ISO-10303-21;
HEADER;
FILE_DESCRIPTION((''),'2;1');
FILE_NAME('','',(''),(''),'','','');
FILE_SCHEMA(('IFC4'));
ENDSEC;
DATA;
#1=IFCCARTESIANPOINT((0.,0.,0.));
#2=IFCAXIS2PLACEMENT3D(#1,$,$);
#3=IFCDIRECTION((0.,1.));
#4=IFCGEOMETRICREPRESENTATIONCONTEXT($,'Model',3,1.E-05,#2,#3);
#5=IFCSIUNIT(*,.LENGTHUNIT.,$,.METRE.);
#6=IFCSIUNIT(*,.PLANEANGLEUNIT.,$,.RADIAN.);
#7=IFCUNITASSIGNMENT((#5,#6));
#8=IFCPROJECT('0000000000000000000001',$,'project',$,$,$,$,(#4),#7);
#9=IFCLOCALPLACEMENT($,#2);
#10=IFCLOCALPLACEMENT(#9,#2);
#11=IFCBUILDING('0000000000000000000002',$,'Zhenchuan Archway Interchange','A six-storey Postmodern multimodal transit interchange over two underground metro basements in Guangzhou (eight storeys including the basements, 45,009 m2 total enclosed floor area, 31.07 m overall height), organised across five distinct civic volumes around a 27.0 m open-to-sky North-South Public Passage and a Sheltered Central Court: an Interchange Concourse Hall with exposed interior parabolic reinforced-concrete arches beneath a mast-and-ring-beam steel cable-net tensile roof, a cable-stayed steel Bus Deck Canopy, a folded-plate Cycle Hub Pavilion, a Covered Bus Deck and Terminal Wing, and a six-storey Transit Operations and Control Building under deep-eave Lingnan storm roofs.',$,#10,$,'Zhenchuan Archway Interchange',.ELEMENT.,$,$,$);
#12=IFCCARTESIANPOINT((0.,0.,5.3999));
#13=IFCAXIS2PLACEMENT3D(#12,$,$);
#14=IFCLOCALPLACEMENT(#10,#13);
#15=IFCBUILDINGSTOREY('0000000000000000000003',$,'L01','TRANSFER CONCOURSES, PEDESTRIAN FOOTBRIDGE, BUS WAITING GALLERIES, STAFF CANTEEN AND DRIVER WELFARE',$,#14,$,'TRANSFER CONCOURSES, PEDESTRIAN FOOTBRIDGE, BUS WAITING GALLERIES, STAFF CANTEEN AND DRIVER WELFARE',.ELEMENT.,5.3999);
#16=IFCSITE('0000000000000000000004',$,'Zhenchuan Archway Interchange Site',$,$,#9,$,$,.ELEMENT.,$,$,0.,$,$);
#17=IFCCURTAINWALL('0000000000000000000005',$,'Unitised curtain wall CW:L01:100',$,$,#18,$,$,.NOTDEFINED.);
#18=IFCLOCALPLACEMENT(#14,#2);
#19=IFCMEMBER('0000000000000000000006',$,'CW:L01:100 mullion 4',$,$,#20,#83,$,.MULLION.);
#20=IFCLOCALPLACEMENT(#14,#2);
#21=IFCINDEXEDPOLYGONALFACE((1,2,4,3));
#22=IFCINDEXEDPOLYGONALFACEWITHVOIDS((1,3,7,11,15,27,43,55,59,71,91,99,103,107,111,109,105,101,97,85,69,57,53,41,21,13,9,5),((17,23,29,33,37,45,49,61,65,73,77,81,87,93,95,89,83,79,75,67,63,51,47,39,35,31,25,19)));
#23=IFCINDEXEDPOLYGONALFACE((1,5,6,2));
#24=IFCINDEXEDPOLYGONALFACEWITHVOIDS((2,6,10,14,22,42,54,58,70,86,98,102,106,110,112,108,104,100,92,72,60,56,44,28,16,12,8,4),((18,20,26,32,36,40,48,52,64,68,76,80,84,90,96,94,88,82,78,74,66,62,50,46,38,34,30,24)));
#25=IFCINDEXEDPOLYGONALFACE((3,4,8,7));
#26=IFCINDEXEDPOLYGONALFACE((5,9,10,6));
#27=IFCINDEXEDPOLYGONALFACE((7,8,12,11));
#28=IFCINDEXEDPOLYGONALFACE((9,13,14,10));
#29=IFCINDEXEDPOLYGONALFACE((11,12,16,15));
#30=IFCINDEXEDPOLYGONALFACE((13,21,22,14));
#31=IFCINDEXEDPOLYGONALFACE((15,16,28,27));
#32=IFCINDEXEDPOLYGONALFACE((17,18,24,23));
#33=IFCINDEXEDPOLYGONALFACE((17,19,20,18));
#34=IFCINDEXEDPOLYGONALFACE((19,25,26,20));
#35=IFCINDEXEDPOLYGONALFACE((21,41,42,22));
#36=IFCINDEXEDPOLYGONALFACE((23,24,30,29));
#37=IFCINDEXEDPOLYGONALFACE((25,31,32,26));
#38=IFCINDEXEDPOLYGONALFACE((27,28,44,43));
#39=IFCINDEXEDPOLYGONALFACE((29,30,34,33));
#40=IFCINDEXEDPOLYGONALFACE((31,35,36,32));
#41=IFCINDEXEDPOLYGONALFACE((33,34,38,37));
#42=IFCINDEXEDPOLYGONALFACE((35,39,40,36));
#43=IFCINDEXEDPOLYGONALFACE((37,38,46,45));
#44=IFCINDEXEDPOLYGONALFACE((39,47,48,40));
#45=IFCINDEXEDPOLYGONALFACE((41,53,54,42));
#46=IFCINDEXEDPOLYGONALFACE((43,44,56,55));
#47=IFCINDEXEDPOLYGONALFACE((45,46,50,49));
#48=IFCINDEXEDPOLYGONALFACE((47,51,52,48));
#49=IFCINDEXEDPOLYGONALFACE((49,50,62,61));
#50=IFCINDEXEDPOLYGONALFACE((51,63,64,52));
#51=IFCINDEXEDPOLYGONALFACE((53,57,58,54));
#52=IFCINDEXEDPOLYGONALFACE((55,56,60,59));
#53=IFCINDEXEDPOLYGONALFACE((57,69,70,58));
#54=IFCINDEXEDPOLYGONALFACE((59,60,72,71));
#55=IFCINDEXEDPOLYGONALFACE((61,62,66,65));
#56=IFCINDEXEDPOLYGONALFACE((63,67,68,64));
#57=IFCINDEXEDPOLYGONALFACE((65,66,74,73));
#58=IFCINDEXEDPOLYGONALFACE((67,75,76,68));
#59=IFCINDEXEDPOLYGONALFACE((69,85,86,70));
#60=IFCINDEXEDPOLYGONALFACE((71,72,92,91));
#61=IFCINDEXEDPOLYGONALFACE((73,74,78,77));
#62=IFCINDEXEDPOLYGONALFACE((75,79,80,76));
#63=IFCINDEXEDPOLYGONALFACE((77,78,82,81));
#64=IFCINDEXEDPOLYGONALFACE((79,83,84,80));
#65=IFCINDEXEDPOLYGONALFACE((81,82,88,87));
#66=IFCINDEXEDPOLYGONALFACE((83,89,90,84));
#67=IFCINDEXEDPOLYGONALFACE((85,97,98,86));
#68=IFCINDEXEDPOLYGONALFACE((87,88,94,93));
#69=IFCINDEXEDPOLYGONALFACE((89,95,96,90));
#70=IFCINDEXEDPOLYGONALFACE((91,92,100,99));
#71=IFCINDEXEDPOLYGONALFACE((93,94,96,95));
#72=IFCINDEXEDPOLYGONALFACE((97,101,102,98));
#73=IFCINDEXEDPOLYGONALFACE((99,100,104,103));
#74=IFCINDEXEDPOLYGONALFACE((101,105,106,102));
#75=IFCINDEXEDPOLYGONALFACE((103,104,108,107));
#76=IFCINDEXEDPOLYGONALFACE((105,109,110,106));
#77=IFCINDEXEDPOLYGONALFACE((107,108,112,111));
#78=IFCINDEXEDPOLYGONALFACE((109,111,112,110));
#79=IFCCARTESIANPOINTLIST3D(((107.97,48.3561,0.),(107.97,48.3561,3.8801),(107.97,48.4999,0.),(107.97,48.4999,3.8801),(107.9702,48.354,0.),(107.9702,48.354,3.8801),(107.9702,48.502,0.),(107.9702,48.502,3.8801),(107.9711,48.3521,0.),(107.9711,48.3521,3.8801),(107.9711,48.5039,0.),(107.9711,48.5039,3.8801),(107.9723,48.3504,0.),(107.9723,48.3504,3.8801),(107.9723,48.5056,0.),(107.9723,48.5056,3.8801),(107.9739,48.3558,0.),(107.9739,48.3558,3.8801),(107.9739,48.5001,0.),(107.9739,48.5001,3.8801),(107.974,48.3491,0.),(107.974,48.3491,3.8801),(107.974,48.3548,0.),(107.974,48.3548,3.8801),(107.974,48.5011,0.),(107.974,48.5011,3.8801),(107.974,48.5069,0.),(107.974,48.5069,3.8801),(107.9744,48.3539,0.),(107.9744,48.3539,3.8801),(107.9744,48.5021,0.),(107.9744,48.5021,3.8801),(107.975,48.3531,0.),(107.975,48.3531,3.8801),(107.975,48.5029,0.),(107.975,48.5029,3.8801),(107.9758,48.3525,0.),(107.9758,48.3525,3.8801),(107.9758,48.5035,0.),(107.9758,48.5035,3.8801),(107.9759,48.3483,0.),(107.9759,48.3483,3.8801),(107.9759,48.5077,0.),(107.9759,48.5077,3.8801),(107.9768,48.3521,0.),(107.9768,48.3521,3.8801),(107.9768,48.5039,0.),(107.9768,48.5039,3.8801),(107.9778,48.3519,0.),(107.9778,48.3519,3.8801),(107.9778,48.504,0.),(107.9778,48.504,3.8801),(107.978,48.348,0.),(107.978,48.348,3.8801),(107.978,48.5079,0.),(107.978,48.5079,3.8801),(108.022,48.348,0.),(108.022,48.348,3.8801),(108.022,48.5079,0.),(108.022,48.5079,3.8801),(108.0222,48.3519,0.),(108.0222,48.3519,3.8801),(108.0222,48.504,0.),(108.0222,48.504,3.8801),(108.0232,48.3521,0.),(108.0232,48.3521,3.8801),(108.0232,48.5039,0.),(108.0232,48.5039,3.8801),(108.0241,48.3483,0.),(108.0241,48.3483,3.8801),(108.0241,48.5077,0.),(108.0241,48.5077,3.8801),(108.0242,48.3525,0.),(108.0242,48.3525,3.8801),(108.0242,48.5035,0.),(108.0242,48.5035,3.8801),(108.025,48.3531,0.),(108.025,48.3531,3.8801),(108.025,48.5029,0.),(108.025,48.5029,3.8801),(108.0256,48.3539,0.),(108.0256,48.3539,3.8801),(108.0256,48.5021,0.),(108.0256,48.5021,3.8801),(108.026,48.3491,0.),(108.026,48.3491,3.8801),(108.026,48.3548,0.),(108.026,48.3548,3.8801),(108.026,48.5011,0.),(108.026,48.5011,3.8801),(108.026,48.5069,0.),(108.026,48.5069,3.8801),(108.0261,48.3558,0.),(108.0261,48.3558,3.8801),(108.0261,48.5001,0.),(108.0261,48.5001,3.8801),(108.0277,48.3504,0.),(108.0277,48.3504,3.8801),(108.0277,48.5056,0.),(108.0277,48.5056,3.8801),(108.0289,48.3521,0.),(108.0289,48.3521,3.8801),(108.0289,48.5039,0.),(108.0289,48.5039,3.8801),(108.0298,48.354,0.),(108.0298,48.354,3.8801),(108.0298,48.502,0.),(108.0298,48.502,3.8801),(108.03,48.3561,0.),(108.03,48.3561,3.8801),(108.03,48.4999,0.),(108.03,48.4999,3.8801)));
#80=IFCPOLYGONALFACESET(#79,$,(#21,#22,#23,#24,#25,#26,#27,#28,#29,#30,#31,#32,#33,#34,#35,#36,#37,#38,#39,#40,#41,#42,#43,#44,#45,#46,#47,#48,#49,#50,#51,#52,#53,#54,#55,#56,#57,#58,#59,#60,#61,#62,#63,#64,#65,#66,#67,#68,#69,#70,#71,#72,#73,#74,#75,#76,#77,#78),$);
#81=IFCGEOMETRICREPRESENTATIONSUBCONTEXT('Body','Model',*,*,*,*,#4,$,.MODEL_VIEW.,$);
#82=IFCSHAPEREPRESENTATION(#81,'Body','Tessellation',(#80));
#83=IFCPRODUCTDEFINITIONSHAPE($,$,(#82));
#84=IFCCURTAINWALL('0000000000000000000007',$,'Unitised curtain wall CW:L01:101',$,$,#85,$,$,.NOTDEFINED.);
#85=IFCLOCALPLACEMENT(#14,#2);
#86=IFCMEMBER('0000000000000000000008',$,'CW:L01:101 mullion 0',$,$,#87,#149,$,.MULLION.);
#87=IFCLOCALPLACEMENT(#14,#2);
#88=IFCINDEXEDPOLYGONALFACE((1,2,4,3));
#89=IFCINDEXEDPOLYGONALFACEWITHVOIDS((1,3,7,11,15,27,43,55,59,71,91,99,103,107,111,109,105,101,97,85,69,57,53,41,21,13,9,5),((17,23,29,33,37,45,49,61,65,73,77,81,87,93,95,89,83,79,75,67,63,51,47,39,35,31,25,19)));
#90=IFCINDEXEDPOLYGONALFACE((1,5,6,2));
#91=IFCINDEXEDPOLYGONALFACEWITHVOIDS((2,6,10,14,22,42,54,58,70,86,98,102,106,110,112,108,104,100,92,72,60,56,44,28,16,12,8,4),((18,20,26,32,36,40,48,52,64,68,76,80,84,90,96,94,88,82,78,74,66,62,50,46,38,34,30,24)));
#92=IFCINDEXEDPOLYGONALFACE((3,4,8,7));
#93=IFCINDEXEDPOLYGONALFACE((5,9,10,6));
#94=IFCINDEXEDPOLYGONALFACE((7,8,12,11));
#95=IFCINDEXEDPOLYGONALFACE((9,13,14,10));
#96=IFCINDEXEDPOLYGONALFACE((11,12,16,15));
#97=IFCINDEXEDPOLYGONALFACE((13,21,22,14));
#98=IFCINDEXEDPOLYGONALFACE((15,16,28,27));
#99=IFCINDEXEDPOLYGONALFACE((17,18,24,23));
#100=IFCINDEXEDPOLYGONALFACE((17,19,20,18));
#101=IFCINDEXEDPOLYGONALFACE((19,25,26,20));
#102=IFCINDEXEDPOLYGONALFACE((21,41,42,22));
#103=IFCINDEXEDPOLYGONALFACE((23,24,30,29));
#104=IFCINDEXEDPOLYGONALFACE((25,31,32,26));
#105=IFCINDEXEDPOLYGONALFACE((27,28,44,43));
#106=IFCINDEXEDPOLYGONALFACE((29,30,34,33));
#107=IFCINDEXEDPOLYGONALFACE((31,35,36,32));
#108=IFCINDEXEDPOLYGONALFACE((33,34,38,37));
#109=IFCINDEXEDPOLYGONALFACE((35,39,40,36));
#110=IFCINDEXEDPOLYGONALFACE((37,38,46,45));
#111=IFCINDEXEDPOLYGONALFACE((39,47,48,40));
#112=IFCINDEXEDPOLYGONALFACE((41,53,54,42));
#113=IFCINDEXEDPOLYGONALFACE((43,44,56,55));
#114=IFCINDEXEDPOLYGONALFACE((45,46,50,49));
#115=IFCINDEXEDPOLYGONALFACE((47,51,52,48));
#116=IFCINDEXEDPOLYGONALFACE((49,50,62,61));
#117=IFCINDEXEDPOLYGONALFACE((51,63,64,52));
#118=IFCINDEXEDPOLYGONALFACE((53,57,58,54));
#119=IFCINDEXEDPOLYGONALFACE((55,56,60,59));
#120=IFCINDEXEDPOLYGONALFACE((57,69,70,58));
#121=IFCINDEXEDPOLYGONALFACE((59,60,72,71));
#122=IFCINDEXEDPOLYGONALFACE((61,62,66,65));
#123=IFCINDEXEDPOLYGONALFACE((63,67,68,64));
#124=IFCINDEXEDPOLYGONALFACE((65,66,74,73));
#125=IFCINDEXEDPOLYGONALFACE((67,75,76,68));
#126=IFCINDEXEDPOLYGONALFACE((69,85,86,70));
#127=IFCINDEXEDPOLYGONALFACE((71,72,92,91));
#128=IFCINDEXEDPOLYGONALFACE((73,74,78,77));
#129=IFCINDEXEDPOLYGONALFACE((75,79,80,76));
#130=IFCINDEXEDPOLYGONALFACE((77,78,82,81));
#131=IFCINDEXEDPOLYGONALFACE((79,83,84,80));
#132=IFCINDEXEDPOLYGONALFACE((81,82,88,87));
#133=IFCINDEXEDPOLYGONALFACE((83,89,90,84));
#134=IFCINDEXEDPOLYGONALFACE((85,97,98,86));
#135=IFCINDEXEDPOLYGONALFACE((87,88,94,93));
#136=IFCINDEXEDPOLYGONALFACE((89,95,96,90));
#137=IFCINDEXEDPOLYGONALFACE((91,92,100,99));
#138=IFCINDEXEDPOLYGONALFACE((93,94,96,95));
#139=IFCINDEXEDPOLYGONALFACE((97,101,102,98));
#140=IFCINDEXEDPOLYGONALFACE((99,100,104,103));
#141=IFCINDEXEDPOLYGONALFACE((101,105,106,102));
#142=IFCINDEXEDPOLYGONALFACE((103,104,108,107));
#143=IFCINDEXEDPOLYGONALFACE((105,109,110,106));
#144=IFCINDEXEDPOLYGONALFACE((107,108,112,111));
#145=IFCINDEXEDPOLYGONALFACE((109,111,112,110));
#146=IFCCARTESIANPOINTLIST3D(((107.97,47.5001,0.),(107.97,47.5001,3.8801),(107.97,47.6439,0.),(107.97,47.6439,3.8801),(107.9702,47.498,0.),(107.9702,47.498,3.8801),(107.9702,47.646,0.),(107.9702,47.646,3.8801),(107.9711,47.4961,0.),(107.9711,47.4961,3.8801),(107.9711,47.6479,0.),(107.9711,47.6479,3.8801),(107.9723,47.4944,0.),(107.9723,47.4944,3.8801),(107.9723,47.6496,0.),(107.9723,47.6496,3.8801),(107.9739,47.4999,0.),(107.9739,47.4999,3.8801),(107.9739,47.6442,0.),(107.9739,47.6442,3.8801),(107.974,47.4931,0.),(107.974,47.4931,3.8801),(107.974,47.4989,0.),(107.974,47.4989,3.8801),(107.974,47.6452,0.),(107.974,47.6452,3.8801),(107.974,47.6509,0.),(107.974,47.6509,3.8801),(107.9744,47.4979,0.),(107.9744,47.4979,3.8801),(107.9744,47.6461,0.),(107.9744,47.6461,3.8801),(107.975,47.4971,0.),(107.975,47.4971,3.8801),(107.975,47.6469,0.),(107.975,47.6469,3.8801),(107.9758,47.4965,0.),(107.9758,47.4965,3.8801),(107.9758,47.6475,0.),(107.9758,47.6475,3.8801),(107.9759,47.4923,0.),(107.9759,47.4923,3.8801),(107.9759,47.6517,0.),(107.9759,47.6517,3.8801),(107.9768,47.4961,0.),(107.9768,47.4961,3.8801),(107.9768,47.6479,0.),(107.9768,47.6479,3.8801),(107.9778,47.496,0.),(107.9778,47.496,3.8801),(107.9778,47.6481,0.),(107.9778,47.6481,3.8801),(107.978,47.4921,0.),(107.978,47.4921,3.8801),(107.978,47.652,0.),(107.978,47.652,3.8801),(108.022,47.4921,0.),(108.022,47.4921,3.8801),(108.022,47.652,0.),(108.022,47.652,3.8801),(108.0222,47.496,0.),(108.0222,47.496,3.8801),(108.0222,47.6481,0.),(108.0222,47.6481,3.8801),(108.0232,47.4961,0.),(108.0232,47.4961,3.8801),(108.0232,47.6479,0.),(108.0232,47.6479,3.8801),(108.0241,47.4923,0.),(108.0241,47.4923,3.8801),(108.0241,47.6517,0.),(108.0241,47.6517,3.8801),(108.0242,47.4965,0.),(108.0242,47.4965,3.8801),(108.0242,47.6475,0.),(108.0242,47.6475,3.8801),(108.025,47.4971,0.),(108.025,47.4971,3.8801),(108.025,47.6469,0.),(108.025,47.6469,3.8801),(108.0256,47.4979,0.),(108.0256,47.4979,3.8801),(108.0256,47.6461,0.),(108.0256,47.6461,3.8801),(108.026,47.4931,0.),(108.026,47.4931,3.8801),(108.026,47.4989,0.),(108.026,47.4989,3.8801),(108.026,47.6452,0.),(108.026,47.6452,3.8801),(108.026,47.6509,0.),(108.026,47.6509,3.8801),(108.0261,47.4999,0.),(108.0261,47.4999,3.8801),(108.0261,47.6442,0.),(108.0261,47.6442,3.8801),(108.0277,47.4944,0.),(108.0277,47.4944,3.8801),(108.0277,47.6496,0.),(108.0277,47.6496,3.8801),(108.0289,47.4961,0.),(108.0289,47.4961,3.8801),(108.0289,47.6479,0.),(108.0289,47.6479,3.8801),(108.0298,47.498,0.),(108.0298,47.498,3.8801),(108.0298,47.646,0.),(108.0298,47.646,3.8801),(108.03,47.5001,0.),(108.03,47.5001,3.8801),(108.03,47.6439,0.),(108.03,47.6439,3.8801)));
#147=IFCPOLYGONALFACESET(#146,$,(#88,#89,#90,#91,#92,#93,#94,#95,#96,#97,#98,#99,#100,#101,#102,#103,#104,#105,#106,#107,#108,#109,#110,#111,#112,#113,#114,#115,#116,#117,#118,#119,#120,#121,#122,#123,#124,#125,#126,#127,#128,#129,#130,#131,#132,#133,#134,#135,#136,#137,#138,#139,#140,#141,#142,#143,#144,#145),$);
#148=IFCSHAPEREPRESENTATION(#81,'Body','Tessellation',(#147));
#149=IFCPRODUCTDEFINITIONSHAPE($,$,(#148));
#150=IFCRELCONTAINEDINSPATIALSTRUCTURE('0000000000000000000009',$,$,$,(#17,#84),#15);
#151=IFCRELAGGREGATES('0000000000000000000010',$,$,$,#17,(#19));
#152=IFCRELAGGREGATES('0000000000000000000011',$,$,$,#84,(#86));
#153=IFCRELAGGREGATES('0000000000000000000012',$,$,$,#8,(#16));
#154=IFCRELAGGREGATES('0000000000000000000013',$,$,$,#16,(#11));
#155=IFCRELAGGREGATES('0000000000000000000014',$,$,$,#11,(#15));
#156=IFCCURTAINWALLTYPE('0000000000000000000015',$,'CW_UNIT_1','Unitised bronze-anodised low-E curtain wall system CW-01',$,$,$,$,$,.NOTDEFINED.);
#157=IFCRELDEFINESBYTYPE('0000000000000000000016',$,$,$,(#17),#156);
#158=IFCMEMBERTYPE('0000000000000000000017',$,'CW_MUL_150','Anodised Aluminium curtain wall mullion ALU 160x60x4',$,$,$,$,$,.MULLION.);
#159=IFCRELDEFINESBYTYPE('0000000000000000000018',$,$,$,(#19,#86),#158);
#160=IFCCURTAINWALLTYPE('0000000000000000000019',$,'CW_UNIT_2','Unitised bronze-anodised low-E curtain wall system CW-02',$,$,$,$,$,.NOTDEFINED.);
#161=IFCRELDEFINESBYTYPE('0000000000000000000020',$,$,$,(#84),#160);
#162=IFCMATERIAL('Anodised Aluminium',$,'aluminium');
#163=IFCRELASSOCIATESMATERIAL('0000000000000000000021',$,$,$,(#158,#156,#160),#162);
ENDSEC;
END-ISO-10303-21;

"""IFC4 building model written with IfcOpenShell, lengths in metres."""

from ifc_helpers import new_model, si_unit, direction, frame, origin, origin_2d, place, context, subcontext, project, spatial, hollow_rectangle, extrude, material, material_profile, profile_set, type_object, element, aggregate, save


model = new_model("IFC4")

# Units and contexts
model_context = context("Model", 3, precision=1e-05, world=origin(), true_north=direction((0.0, 1.0)))
body_context = subcontext(model_context, "Body", "Model", "MODEL_VIEW")
ifc_project = project(units=[si_unit("LENGTHUNIT", "METRE"), si_unit("PLANEANGLEUNIT", "RADIAN")], contexts=[model_context])

# Site, building, storey
site_placement = place(None, origin())
site = spatial("IfcSite", under=ifc_project, at=site_placement, Name="Zhenchuan Archway Interchange Site", CompositionType="ELEMENT", RefElevation=0.0)
building_placement = place(site_placement, origin())
building = spatial("IfcBuilding", under=site, at=building_placement, Name="Zhenchuan Archway Interchange", Description="A six-storey Postmodern multimodal transit interchange over two underground metro basements in Guangzhou (eight storeys including the basements, 45,009 m2 total enclosed floor area, 31.07 m overall height), organised across five distinct civic volumes around a 27.0 m open-to-sky North-South Public Passage and a Sheltered Central Court: an Interchange Concourse Hall with exposed interior parabolic reinforced-concrete arches beneath a mast-and-ring-beam steel cable-net tensile roof, a cable-stayed steel Bus Deck Canopy, a folded-plate Cycle Hub Pavilion, a Covered Bus Deck and Terminal Wing, and a six-storey Transit Operations and Control Building under deep-eave Lingnan storm roofs.", LongName="Zhenchuan Archway Interchange", CompositionType="ELEMENT")
storey_placement = place(building_placement, frame((0.0, 0.0, 5.3999)))
storey = spatial("IfcBuildingStorey", under=building, at=storey_placement, Name="L01", Description="TRANSFER CONCOURSES, PEDESTRIAN FOOTBRIDGE, BUS WAITING GALLERIES, STAFF CANTEEN AND DRIVER WELFARE", LongName="TRANSFER CONCOURSES, PEDESTRIAN FOOTBRIDGE, BUS WAITING GALLERIES, STAFF CANTEEN AND DRIVER WELFARE", CompositionType="ELEMENT", Elevation=5.3999)

# Shared definitions
ifc_material_1 = material(Name="Anodised Aluminium", Category="aluminium")
ifc_material_profile_1 = material_profile(ifc_material_1, hollow_rectangle(XDim=0.0601, YDim=0.1599, WallThickness=0.0039, InnerFilletRadius=0.0039, OuterFilletRadius=0.0081, at=origin_2d()), Name="ALU 160x60x4")
ifc_profile_set_1 = profile_set([ifc_material_profile_1], Name="Anodised Aluminium")
member_type_1 = type_object("IfcMemberType", Name="CW_MUL_150", Description="Anodised Aluminium curtain wall mullion ALU 160x60x4", PredefinedType="MULLION", material=ifc_profile_set_1)

# Curtain wall, member
curtain_wall_type_1 = type_object("IfcCurtainWallType", Name="CW_UNIT_1", Description="Unitised bronze-anodised low-E curtain wall system CW-01", PredefinedType="NOTDEFINED", material=ifc_material_1)
curtain_wall_1_placement = place(storey_placement, origin())
curtain_wall_1 = element("IfcCurtainWall", 1, at=curtain_wall_1_placement, inside=storey, type_object=curtain_wall_type_1, Name="Unitised curtain wall CW:L01:100", PredefinedType="NOTDEFINED")
member_1_placement = place(storey_placement, frame((108.0, 48.428, 0.0), z_axis=(0.0, 0.0, 1.0), x_axis=(1.0, 0.0, 0.0)))
member_1 = element("IfcMember", 2, at=member_1_placement, type_object=member_type_1, Name="CW:L01:100 mullion 4", PredefinedType="MULLION", context=body_context, shape_type="SweptSolid", body=[
    extrude(hollow_rectangle(XDim=0.0601, YDim=0.1599, WallThickness=0.0039, InnerFilletRadius=0.0039, OuterFilletRadius=0.0081, at=origin_2d()), origin(), (0.0, 0.0, 1.0), 3.8801),
])

# Curtain wall, member
curtain_wall_type_2 = type_object("IfcCurtainWallType", Name="CW_UNIT_2", Description="Unitised bronze-anodised low-E curtain wall system CW-02", PredefinedType="NOTDEFINED", material=ifc_material_1)
curtain_wall_2_placement = place(storey_placement, origin())
curtain_wall_2 = element("IfcCurtainWall", 3, at=curtain_wall_2_placement, inside=storey, type_object=curtain_wall_type_2, Name="Unitised curtain wall CW:L01:101", PredefinedType="NOTDEFINED")
member_2_placement = place(storey_placement, frame((108.0, 47.572, 0.0), z_axis=(0.0, 0.0, 1.0), x_axis=(1.0, 0.0, 0.0)))
member_2 = element("IfcMember", 4, at=member_2_placement, type_object=member_type_1, Name="CW:L01:101 mullion 0", PredefinedType="MULLION", context=body_context, shape_type="SweptSolid", body=[
    extrude(hollow_rectangle(XDim=0.0601, YDim=0.1599, WallThickness=0.0039, InnerFilletRadius=0.0039, OuterFilletRadius=0.0081, at=origin_2d()), origin(), (0.0, 0.0, 1.0), 3.8801),
])

aggregate(curtain_wall_1, [member_1])
aggregate(curtain_wall_2, [member_2])

save(model, "model.ifc")
